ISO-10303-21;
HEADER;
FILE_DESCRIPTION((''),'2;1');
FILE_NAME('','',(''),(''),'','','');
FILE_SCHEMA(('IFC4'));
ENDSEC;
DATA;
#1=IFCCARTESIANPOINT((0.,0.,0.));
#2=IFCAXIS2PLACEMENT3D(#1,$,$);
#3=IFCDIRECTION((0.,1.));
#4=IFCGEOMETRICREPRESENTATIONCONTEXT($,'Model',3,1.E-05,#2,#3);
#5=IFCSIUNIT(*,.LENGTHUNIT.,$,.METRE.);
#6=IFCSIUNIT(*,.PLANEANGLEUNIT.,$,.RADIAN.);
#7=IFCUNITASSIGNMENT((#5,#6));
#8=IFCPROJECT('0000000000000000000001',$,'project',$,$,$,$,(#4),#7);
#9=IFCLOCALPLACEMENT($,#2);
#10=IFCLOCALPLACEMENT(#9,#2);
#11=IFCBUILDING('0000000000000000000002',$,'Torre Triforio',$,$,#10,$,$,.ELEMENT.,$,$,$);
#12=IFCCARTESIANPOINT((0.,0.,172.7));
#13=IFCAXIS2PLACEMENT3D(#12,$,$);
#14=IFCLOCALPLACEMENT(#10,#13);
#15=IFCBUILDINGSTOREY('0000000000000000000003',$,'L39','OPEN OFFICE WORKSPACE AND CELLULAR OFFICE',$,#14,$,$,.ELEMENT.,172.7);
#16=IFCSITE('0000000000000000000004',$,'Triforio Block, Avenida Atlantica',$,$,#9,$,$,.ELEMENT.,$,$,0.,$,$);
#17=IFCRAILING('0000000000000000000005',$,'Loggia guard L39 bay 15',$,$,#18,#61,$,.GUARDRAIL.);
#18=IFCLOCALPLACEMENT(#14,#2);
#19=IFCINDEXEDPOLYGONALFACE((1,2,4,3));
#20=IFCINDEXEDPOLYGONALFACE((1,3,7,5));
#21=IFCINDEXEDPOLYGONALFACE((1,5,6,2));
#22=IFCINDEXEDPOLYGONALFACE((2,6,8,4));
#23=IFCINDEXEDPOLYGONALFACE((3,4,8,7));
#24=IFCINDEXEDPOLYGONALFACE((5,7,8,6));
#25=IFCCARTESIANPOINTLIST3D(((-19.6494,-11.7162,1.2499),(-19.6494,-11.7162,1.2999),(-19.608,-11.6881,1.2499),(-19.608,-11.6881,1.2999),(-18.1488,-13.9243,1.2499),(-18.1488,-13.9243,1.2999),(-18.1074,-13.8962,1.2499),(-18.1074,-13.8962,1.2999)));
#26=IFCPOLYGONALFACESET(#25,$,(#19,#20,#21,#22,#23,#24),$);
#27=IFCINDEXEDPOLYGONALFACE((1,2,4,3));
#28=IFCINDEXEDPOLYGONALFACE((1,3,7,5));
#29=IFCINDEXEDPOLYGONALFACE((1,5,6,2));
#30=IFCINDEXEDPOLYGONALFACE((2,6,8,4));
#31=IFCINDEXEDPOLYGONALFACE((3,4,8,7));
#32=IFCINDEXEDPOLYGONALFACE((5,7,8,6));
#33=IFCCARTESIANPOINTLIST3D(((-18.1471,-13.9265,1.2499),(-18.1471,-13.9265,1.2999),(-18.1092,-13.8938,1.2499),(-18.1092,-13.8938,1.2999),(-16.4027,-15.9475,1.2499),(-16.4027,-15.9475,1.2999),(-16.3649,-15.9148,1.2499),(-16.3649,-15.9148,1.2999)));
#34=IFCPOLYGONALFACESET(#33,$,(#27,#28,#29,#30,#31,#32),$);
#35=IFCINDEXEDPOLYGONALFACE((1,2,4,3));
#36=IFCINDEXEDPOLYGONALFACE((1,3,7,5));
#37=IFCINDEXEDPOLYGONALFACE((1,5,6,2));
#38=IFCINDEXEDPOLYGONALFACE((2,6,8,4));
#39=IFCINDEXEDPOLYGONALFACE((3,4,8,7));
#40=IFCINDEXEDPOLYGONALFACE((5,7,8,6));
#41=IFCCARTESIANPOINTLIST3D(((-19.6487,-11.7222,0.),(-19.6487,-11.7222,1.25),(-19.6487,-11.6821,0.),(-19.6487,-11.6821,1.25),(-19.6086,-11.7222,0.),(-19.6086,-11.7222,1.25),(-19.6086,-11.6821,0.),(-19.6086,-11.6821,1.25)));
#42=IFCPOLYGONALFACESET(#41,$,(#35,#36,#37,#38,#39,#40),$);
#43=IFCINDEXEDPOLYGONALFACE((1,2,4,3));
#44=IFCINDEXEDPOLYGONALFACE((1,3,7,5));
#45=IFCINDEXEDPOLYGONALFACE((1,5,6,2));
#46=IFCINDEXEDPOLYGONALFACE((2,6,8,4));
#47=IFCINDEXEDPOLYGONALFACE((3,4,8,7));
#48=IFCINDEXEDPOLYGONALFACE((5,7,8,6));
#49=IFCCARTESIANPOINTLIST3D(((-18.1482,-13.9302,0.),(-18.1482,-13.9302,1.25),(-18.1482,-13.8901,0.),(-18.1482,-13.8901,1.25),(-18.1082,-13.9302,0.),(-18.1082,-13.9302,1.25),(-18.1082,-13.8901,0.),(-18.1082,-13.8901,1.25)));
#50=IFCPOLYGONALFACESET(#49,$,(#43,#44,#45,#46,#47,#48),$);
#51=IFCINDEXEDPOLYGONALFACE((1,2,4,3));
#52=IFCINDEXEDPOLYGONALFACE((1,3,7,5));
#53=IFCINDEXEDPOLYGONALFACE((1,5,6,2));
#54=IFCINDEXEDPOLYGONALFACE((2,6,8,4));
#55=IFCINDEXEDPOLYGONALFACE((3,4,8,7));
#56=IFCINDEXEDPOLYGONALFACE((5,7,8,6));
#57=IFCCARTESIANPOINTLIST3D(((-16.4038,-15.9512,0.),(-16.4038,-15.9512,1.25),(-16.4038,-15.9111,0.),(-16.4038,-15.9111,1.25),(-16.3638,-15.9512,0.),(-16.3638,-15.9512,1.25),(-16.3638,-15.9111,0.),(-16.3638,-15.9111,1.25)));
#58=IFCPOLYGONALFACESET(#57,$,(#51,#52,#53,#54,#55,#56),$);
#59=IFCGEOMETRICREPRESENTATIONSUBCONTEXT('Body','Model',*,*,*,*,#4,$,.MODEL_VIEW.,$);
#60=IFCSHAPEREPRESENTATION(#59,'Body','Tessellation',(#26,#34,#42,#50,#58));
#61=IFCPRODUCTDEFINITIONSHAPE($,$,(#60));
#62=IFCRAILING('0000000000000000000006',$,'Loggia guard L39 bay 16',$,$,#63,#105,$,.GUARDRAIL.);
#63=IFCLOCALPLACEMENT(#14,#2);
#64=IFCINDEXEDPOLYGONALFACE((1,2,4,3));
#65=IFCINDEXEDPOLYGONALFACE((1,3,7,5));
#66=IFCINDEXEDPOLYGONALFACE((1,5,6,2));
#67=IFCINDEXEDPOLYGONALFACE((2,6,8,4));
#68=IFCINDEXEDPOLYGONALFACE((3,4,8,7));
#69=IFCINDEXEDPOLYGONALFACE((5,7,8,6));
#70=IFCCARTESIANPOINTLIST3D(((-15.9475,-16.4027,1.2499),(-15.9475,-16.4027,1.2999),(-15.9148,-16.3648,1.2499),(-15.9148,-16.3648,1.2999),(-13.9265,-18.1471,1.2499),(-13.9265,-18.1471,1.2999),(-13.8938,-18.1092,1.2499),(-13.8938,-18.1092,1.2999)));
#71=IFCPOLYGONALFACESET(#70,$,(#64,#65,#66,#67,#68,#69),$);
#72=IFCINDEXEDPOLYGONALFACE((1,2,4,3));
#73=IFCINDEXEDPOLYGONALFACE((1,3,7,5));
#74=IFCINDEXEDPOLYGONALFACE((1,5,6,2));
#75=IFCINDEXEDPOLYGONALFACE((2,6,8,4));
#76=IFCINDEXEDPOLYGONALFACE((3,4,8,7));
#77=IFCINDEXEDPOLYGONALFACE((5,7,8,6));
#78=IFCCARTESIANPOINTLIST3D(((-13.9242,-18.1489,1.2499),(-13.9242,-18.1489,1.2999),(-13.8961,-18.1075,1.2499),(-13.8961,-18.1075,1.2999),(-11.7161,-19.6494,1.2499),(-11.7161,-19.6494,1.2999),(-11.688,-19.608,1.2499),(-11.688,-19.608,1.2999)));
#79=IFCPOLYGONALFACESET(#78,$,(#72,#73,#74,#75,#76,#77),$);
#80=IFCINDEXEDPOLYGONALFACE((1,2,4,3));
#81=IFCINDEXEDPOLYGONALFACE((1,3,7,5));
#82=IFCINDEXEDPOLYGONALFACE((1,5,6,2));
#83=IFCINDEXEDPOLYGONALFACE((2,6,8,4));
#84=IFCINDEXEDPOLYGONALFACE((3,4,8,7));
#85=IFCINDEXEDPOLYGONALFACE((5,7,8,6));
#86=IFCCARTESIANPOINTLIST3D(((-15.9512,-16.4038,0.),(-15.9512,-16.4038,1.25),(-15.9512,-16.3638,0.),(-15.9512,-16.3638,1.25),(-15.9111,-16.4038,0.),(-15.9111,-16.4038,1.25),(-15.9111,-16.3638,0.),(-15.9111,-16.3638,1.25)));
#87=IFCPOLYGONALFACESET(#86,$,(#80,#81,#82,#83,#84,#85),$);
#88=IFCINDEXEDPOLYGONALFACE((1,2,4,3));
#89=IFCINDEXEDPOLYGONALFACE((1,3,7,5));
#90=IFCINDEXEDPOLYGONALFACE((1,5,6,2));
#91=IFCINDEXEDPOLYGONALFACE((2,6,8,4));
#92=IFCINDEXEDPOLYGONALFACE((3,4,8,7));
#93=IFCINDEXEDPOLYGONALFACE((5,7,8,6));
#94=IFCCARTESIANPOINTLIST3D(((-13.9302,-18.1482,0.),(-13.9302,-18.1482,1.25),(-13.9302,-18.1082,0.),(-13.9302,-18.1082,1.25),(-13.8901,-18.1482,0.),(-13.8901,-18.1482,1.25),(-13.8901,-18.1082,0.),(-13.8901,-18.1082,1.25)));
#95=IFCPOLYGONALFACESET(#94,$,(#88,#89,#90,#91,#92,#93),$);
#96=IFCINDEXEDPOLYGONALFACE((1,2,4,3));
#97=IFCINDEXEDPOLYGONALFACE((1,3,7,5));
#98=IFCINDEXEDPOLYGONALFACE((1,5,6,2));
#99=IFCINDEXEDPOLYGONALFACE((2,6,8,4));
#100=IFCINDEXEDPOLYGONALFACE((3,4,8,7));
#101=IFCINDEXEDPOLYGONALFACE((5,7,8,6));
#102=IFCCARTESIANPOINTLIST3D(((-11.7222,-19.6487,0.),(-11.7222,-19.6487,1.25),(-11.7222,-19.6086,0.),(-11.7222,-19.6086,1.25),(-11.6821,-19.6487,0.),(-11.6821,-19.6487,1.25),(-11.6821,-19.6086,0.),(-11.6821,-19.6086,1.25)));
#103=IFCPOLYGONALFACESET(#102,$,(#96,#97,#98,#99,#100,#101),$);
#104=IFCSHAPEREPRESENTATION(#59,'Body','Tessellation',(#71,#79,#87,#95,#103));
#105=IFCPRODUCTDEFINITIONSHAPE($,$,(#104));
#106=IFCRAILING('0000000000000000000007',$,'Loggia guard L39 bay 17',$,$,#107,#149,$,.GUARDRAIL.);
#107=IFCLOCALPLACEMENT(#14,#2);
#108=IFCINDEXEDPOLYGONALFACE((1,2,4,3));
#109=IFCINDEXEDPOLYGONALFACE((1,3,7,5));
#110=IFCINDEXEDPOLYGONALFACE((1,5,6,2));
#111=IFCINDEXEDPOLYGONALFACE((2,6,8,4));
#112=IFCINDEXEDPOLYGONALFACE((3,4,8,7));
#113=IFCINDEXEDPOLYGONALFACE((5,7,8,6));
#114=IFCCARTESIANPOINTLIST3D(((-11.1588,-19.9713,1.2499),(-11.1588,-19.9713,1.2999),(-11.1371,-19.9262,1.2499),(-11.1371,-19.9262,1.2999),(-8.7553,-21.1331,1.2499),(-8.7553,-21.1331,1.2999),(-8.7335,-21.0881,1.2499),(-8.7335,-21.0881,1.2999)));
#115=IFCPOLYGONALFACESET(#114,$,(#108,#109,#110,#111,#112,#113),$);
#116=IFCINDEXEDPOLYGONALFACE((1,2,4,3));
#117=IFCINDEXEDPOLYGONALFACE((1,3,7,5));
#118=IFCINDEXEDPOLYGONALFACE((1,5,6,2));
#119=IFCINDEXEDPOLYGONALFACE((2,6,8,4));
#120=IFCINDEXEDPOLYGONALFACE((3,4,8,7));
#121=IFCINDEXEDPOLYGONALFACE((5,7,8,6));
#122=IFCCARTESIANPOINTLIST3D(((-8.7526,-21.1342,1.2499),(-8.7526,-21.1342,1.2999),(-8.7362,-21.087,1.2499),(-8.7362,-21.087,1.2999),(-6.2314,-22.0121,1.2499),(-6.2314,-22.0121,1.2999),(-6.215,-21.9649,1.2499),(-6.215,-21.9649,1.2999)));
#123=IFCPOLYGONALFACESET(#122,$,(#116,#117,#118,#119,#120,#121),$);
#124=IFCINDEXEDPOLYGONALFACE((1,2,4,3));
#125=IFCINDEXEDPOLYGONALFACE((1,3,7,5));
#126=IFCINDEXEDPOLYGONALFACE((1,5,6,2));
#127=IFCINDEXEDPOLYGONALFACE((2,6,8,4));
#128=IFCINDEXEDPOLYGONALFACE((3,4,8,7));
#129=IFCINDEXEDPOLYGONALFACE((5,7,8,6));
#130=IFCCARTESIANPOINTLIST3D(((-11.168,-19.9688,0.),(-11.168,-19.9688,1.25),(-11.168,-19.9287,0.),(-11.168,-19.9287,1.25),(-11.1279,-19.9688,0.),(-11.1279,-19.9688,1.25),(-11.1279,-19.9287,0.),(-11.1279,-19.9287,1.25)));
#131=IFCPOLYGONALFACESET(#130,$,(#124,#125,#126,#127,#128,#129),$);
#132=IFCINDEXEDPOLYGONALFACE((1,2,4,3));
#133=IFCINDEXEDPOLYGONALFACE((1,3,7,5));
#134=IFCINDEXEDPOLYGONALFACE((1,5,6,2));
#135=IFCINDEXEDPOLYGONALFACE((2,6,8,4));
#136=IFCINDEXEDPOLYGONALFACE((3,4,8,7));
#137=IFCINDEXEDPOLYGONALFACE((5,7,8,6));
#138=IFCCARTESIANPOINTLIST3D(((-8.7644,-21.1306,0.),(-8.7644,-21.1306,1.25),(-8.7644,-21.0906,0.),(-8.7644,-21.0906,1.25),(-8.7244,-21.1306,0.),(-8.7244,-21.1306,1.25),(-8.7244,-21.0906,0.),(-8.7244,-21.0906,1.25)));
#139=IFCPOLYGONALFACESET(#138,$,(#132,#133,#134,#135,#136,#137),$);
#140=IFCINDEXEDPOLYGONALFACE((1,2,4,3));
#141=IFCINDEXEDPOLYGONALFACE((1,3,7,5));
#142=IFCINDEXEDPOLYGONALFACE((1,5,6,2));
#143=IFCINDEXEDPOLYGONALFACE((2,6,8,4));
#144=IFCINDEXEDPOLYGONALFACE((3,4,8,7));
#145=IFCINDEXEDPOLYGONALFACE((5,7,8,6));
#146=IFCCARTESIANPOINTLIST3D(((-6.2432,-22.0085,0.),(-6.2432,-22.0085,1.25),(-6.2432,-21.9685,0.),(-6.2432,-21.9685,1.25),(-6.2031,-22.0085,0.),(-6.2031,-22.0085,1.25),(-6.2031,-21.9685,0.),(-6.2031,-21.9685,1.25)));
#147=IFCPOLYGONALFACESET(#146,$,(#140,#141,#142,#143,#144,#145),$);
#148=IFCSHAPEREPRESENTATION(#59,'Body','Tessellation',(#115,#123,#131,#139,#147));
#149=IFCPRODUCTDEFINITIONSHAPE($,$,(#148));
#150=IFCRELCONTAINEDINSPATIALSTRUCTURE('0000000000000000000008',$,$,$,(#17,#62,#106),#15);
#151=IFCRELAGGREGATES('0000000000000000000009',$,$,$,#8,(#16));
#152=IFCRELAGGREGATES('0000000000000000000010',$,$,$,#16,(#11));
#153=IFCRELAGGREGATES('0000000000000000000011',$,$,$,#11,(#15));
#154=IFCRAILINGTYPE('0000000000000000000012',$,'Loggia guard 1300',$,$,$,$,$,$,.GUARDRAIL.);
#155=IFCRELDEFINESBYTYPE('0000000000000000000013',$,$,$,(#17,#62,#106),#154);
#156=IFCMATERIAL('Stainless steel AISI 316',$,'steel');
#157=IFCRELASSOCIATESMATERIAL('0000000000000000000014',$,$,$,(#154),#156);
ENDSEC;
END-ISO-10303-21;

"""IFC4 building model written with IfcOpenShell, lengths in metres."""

from ifc_helpers import new_model, si_unit, direction, frame, origin, origin_2d, place, context, subcontext, project, spatial, rectangle, extrude, material, type_object, element, save


model = new_model("IFC4")

# Units and contexts
model_context = context("Model", 3, precision=1e-05, world=origin(), true_north=direction((0.0, 1.0)))
body_context = subcontext(model_context, "Body", "Model", "MODEL_VIEW")
ifc_project = project(units=[si_unit("LENGTHUNIT", "METRE"), si_unit("PLANEANGLEUNIT", "RADIAN")], contexts=[model_context])

# Site, building, storey
site_placement = place(None, origin())
site = spatial("IfcSite", under=ifc_project, at=site_placement, Name="Triforio Block, Avenida Atlantica", CompositionType="ELEMENT", RefElevation=0.0)
building_placement = place(site_placement, origin())
building = spatial("IfcBuilding", under=site, at=building_placement, Name="Torre Triforio", CompositionType="ELEMENT")
storey_placement = place(building_placement, frame((0.0, 0.0, 172.7)))
storey = spatial("IfcBuildingStorey", under=building, at=storey_placement, Name="L39", Description="OPEN OFFICE WORKSPACE AND CELLULAR OFFICE", CompositionType="ELEMENT", Elevation=172.7)

# Railings
ifc_material_1 = material(Name="Stainless steel AISI 316", Category="steel")
railing_type = type_object("IfcRailingType", Name="Loggia guard 1300", PredefinedType="GUARDRAIL", material=ifc_material_1)
railing_1_placement = place(storey_placement, frame((-19.6287, -11.7021, 0.0)))
element("IfcRailing", 1, at=railing_1_placement, inside=storey, type_object=railing_type, Name="Loggia guard L39 bay 15", PredefinedType="GUARDRAIL", context=body_context, shape_type="SweptSolid", body=[
    extrude(rectangle(XDim=0.05, YDim=0.05, at=origin_2d()), frame((0.0, 0.0, 1.2749), z_axis=(0.562065, -0.827093, 0.0), x_axis=(0.827093, 0.562065, 0.0)), (0.0, 0.0, 1.0), 2.6697),
    extrude(rectangle(XDim=0.05, YDim=0.05, at=origin_2d()), frame((1.5005, -2.208, 1.2749), z_axis=(0.653401, -0.757012, 0.0), x_axis=(0.757012, 0.653401, 0.0)), (0.0, 0.0, 1.0), 2.6697),
    extrude(rectangle(XDim=0.04, YDim=0.04, at=origin_2d()), origin(), (0.0, 0.0, 1.0), 1.25),
    extrude(rectangle(XDim=0.04, YDim=0.04, at=origin_2d()), frame((1.5005, -2.208, 0.0)), (0.0, 0.0, 1.0), 1.25),
    extrude(rectangle(XDim=0.04, YDim=0.04, at=origin_2d()), frame((3.2449, -4.229, 0.0)), (0.0, 0.0, 1.0), 1.25),
])
railing_2_placement = place(storey_placement, frame((-15.9312, -16.3838, 0.0)))
element("IfcRailing", 2, at=railing_2_placement, inside=storey, type_object=railing_type, Name="Loggia guard L39 bay 16", PredefinedType="GUARDRAIL", context=body_context, shape_type="SweptSolid", body=[
    extrude(rectangle(XDim=0.05, YDim=0.05, at=origin_2d()), frame((0.0, 0.0, 1.2749), z_axis=(0.757012, -0.653401, 0.0), x_axis=(0.653401, 0.757012, 0.0)), (0.0, 0.0, 1.0), 2.6697),
    extrude(rectangle(XDim=0.05, YDim=0.05, at=origin_2d()), frame((2.021, -1.7444, 1.2749), z_axis=(0.827093, -0.562065, 0.0), x_axis=(0.562065, 0.827093, 0.0)), (0.0, 0.0, 1.0), 2.6697),
    extrude(rectangle(XDim=0.04, YDim=0.04, at=origin_2d()), origin(), (0.0, 0.0, 1.0), 1.25),
    extrude(rectangle(XDim=0.04, YDim=0.04, at=origin_2d()), frame((2.021, -1.7444, 0.0)), (0.0, 0.0, 1.0), 1.25),
    extrude(rectangle(XDim=0.04, YDim=0.04, at=origin_2d()), frame((4.229, -3.2449, 0.0)), (0.0, 0.0, 1.0), 1.25),
])
railing_3_placement = place(storey_placement, frame((-11.1479, -19.9487, 0.0)))
element("IfcRailing", 3, at=railing_3_placement, inside=storey, type_object=railing_type, Name="Loggia guard L39 bay 17", PredefinedType="GUARDRAIL", context=body_context, shape_type="SweptSolid", body=[
    extrude(rectangle(XDim=0.05, YDim=0.05, at=origin_2d()), frame((0.0, 0.0, 1.2749), z_axis=(0.900328, -0.435212, 0.0), x_axis=(0.435212, 0.900328, 0.0)), (0.0, 0.0, 1.0), 2.6697),
    extrude(rectangle(XDim=0.05, YDim=0.05, at=origin_2d()), frame((2.4036, -1.1619, 1.2749), z_axis=(0.944383, -0.328847, 0.0), x_axis=(0.328847, 0.944383, 0.0)), (0.0, 0.0, 1.0), 2.6697),
    extrude(rectangle(XDim=0.04, YDim=0.04, at=origin_2d()), origin(), (0.0, 0.0, 1.0), 1.25),
    extrude(rectangle(XDim=0.04, YDim=0.04, at=origin_2d()), frame((2.4036, -1.1619, 0.0)), (0.0, 0.0, 1.0), 1.25),
    extrude(rectangle(XDim=0.04, YDim=0.04, at=origin_2d()), frame((4.9248, -2.0398, 0.0)), (0.0, 0.0, 1.0), 1.25),
])

save(model, "model.ifc")
